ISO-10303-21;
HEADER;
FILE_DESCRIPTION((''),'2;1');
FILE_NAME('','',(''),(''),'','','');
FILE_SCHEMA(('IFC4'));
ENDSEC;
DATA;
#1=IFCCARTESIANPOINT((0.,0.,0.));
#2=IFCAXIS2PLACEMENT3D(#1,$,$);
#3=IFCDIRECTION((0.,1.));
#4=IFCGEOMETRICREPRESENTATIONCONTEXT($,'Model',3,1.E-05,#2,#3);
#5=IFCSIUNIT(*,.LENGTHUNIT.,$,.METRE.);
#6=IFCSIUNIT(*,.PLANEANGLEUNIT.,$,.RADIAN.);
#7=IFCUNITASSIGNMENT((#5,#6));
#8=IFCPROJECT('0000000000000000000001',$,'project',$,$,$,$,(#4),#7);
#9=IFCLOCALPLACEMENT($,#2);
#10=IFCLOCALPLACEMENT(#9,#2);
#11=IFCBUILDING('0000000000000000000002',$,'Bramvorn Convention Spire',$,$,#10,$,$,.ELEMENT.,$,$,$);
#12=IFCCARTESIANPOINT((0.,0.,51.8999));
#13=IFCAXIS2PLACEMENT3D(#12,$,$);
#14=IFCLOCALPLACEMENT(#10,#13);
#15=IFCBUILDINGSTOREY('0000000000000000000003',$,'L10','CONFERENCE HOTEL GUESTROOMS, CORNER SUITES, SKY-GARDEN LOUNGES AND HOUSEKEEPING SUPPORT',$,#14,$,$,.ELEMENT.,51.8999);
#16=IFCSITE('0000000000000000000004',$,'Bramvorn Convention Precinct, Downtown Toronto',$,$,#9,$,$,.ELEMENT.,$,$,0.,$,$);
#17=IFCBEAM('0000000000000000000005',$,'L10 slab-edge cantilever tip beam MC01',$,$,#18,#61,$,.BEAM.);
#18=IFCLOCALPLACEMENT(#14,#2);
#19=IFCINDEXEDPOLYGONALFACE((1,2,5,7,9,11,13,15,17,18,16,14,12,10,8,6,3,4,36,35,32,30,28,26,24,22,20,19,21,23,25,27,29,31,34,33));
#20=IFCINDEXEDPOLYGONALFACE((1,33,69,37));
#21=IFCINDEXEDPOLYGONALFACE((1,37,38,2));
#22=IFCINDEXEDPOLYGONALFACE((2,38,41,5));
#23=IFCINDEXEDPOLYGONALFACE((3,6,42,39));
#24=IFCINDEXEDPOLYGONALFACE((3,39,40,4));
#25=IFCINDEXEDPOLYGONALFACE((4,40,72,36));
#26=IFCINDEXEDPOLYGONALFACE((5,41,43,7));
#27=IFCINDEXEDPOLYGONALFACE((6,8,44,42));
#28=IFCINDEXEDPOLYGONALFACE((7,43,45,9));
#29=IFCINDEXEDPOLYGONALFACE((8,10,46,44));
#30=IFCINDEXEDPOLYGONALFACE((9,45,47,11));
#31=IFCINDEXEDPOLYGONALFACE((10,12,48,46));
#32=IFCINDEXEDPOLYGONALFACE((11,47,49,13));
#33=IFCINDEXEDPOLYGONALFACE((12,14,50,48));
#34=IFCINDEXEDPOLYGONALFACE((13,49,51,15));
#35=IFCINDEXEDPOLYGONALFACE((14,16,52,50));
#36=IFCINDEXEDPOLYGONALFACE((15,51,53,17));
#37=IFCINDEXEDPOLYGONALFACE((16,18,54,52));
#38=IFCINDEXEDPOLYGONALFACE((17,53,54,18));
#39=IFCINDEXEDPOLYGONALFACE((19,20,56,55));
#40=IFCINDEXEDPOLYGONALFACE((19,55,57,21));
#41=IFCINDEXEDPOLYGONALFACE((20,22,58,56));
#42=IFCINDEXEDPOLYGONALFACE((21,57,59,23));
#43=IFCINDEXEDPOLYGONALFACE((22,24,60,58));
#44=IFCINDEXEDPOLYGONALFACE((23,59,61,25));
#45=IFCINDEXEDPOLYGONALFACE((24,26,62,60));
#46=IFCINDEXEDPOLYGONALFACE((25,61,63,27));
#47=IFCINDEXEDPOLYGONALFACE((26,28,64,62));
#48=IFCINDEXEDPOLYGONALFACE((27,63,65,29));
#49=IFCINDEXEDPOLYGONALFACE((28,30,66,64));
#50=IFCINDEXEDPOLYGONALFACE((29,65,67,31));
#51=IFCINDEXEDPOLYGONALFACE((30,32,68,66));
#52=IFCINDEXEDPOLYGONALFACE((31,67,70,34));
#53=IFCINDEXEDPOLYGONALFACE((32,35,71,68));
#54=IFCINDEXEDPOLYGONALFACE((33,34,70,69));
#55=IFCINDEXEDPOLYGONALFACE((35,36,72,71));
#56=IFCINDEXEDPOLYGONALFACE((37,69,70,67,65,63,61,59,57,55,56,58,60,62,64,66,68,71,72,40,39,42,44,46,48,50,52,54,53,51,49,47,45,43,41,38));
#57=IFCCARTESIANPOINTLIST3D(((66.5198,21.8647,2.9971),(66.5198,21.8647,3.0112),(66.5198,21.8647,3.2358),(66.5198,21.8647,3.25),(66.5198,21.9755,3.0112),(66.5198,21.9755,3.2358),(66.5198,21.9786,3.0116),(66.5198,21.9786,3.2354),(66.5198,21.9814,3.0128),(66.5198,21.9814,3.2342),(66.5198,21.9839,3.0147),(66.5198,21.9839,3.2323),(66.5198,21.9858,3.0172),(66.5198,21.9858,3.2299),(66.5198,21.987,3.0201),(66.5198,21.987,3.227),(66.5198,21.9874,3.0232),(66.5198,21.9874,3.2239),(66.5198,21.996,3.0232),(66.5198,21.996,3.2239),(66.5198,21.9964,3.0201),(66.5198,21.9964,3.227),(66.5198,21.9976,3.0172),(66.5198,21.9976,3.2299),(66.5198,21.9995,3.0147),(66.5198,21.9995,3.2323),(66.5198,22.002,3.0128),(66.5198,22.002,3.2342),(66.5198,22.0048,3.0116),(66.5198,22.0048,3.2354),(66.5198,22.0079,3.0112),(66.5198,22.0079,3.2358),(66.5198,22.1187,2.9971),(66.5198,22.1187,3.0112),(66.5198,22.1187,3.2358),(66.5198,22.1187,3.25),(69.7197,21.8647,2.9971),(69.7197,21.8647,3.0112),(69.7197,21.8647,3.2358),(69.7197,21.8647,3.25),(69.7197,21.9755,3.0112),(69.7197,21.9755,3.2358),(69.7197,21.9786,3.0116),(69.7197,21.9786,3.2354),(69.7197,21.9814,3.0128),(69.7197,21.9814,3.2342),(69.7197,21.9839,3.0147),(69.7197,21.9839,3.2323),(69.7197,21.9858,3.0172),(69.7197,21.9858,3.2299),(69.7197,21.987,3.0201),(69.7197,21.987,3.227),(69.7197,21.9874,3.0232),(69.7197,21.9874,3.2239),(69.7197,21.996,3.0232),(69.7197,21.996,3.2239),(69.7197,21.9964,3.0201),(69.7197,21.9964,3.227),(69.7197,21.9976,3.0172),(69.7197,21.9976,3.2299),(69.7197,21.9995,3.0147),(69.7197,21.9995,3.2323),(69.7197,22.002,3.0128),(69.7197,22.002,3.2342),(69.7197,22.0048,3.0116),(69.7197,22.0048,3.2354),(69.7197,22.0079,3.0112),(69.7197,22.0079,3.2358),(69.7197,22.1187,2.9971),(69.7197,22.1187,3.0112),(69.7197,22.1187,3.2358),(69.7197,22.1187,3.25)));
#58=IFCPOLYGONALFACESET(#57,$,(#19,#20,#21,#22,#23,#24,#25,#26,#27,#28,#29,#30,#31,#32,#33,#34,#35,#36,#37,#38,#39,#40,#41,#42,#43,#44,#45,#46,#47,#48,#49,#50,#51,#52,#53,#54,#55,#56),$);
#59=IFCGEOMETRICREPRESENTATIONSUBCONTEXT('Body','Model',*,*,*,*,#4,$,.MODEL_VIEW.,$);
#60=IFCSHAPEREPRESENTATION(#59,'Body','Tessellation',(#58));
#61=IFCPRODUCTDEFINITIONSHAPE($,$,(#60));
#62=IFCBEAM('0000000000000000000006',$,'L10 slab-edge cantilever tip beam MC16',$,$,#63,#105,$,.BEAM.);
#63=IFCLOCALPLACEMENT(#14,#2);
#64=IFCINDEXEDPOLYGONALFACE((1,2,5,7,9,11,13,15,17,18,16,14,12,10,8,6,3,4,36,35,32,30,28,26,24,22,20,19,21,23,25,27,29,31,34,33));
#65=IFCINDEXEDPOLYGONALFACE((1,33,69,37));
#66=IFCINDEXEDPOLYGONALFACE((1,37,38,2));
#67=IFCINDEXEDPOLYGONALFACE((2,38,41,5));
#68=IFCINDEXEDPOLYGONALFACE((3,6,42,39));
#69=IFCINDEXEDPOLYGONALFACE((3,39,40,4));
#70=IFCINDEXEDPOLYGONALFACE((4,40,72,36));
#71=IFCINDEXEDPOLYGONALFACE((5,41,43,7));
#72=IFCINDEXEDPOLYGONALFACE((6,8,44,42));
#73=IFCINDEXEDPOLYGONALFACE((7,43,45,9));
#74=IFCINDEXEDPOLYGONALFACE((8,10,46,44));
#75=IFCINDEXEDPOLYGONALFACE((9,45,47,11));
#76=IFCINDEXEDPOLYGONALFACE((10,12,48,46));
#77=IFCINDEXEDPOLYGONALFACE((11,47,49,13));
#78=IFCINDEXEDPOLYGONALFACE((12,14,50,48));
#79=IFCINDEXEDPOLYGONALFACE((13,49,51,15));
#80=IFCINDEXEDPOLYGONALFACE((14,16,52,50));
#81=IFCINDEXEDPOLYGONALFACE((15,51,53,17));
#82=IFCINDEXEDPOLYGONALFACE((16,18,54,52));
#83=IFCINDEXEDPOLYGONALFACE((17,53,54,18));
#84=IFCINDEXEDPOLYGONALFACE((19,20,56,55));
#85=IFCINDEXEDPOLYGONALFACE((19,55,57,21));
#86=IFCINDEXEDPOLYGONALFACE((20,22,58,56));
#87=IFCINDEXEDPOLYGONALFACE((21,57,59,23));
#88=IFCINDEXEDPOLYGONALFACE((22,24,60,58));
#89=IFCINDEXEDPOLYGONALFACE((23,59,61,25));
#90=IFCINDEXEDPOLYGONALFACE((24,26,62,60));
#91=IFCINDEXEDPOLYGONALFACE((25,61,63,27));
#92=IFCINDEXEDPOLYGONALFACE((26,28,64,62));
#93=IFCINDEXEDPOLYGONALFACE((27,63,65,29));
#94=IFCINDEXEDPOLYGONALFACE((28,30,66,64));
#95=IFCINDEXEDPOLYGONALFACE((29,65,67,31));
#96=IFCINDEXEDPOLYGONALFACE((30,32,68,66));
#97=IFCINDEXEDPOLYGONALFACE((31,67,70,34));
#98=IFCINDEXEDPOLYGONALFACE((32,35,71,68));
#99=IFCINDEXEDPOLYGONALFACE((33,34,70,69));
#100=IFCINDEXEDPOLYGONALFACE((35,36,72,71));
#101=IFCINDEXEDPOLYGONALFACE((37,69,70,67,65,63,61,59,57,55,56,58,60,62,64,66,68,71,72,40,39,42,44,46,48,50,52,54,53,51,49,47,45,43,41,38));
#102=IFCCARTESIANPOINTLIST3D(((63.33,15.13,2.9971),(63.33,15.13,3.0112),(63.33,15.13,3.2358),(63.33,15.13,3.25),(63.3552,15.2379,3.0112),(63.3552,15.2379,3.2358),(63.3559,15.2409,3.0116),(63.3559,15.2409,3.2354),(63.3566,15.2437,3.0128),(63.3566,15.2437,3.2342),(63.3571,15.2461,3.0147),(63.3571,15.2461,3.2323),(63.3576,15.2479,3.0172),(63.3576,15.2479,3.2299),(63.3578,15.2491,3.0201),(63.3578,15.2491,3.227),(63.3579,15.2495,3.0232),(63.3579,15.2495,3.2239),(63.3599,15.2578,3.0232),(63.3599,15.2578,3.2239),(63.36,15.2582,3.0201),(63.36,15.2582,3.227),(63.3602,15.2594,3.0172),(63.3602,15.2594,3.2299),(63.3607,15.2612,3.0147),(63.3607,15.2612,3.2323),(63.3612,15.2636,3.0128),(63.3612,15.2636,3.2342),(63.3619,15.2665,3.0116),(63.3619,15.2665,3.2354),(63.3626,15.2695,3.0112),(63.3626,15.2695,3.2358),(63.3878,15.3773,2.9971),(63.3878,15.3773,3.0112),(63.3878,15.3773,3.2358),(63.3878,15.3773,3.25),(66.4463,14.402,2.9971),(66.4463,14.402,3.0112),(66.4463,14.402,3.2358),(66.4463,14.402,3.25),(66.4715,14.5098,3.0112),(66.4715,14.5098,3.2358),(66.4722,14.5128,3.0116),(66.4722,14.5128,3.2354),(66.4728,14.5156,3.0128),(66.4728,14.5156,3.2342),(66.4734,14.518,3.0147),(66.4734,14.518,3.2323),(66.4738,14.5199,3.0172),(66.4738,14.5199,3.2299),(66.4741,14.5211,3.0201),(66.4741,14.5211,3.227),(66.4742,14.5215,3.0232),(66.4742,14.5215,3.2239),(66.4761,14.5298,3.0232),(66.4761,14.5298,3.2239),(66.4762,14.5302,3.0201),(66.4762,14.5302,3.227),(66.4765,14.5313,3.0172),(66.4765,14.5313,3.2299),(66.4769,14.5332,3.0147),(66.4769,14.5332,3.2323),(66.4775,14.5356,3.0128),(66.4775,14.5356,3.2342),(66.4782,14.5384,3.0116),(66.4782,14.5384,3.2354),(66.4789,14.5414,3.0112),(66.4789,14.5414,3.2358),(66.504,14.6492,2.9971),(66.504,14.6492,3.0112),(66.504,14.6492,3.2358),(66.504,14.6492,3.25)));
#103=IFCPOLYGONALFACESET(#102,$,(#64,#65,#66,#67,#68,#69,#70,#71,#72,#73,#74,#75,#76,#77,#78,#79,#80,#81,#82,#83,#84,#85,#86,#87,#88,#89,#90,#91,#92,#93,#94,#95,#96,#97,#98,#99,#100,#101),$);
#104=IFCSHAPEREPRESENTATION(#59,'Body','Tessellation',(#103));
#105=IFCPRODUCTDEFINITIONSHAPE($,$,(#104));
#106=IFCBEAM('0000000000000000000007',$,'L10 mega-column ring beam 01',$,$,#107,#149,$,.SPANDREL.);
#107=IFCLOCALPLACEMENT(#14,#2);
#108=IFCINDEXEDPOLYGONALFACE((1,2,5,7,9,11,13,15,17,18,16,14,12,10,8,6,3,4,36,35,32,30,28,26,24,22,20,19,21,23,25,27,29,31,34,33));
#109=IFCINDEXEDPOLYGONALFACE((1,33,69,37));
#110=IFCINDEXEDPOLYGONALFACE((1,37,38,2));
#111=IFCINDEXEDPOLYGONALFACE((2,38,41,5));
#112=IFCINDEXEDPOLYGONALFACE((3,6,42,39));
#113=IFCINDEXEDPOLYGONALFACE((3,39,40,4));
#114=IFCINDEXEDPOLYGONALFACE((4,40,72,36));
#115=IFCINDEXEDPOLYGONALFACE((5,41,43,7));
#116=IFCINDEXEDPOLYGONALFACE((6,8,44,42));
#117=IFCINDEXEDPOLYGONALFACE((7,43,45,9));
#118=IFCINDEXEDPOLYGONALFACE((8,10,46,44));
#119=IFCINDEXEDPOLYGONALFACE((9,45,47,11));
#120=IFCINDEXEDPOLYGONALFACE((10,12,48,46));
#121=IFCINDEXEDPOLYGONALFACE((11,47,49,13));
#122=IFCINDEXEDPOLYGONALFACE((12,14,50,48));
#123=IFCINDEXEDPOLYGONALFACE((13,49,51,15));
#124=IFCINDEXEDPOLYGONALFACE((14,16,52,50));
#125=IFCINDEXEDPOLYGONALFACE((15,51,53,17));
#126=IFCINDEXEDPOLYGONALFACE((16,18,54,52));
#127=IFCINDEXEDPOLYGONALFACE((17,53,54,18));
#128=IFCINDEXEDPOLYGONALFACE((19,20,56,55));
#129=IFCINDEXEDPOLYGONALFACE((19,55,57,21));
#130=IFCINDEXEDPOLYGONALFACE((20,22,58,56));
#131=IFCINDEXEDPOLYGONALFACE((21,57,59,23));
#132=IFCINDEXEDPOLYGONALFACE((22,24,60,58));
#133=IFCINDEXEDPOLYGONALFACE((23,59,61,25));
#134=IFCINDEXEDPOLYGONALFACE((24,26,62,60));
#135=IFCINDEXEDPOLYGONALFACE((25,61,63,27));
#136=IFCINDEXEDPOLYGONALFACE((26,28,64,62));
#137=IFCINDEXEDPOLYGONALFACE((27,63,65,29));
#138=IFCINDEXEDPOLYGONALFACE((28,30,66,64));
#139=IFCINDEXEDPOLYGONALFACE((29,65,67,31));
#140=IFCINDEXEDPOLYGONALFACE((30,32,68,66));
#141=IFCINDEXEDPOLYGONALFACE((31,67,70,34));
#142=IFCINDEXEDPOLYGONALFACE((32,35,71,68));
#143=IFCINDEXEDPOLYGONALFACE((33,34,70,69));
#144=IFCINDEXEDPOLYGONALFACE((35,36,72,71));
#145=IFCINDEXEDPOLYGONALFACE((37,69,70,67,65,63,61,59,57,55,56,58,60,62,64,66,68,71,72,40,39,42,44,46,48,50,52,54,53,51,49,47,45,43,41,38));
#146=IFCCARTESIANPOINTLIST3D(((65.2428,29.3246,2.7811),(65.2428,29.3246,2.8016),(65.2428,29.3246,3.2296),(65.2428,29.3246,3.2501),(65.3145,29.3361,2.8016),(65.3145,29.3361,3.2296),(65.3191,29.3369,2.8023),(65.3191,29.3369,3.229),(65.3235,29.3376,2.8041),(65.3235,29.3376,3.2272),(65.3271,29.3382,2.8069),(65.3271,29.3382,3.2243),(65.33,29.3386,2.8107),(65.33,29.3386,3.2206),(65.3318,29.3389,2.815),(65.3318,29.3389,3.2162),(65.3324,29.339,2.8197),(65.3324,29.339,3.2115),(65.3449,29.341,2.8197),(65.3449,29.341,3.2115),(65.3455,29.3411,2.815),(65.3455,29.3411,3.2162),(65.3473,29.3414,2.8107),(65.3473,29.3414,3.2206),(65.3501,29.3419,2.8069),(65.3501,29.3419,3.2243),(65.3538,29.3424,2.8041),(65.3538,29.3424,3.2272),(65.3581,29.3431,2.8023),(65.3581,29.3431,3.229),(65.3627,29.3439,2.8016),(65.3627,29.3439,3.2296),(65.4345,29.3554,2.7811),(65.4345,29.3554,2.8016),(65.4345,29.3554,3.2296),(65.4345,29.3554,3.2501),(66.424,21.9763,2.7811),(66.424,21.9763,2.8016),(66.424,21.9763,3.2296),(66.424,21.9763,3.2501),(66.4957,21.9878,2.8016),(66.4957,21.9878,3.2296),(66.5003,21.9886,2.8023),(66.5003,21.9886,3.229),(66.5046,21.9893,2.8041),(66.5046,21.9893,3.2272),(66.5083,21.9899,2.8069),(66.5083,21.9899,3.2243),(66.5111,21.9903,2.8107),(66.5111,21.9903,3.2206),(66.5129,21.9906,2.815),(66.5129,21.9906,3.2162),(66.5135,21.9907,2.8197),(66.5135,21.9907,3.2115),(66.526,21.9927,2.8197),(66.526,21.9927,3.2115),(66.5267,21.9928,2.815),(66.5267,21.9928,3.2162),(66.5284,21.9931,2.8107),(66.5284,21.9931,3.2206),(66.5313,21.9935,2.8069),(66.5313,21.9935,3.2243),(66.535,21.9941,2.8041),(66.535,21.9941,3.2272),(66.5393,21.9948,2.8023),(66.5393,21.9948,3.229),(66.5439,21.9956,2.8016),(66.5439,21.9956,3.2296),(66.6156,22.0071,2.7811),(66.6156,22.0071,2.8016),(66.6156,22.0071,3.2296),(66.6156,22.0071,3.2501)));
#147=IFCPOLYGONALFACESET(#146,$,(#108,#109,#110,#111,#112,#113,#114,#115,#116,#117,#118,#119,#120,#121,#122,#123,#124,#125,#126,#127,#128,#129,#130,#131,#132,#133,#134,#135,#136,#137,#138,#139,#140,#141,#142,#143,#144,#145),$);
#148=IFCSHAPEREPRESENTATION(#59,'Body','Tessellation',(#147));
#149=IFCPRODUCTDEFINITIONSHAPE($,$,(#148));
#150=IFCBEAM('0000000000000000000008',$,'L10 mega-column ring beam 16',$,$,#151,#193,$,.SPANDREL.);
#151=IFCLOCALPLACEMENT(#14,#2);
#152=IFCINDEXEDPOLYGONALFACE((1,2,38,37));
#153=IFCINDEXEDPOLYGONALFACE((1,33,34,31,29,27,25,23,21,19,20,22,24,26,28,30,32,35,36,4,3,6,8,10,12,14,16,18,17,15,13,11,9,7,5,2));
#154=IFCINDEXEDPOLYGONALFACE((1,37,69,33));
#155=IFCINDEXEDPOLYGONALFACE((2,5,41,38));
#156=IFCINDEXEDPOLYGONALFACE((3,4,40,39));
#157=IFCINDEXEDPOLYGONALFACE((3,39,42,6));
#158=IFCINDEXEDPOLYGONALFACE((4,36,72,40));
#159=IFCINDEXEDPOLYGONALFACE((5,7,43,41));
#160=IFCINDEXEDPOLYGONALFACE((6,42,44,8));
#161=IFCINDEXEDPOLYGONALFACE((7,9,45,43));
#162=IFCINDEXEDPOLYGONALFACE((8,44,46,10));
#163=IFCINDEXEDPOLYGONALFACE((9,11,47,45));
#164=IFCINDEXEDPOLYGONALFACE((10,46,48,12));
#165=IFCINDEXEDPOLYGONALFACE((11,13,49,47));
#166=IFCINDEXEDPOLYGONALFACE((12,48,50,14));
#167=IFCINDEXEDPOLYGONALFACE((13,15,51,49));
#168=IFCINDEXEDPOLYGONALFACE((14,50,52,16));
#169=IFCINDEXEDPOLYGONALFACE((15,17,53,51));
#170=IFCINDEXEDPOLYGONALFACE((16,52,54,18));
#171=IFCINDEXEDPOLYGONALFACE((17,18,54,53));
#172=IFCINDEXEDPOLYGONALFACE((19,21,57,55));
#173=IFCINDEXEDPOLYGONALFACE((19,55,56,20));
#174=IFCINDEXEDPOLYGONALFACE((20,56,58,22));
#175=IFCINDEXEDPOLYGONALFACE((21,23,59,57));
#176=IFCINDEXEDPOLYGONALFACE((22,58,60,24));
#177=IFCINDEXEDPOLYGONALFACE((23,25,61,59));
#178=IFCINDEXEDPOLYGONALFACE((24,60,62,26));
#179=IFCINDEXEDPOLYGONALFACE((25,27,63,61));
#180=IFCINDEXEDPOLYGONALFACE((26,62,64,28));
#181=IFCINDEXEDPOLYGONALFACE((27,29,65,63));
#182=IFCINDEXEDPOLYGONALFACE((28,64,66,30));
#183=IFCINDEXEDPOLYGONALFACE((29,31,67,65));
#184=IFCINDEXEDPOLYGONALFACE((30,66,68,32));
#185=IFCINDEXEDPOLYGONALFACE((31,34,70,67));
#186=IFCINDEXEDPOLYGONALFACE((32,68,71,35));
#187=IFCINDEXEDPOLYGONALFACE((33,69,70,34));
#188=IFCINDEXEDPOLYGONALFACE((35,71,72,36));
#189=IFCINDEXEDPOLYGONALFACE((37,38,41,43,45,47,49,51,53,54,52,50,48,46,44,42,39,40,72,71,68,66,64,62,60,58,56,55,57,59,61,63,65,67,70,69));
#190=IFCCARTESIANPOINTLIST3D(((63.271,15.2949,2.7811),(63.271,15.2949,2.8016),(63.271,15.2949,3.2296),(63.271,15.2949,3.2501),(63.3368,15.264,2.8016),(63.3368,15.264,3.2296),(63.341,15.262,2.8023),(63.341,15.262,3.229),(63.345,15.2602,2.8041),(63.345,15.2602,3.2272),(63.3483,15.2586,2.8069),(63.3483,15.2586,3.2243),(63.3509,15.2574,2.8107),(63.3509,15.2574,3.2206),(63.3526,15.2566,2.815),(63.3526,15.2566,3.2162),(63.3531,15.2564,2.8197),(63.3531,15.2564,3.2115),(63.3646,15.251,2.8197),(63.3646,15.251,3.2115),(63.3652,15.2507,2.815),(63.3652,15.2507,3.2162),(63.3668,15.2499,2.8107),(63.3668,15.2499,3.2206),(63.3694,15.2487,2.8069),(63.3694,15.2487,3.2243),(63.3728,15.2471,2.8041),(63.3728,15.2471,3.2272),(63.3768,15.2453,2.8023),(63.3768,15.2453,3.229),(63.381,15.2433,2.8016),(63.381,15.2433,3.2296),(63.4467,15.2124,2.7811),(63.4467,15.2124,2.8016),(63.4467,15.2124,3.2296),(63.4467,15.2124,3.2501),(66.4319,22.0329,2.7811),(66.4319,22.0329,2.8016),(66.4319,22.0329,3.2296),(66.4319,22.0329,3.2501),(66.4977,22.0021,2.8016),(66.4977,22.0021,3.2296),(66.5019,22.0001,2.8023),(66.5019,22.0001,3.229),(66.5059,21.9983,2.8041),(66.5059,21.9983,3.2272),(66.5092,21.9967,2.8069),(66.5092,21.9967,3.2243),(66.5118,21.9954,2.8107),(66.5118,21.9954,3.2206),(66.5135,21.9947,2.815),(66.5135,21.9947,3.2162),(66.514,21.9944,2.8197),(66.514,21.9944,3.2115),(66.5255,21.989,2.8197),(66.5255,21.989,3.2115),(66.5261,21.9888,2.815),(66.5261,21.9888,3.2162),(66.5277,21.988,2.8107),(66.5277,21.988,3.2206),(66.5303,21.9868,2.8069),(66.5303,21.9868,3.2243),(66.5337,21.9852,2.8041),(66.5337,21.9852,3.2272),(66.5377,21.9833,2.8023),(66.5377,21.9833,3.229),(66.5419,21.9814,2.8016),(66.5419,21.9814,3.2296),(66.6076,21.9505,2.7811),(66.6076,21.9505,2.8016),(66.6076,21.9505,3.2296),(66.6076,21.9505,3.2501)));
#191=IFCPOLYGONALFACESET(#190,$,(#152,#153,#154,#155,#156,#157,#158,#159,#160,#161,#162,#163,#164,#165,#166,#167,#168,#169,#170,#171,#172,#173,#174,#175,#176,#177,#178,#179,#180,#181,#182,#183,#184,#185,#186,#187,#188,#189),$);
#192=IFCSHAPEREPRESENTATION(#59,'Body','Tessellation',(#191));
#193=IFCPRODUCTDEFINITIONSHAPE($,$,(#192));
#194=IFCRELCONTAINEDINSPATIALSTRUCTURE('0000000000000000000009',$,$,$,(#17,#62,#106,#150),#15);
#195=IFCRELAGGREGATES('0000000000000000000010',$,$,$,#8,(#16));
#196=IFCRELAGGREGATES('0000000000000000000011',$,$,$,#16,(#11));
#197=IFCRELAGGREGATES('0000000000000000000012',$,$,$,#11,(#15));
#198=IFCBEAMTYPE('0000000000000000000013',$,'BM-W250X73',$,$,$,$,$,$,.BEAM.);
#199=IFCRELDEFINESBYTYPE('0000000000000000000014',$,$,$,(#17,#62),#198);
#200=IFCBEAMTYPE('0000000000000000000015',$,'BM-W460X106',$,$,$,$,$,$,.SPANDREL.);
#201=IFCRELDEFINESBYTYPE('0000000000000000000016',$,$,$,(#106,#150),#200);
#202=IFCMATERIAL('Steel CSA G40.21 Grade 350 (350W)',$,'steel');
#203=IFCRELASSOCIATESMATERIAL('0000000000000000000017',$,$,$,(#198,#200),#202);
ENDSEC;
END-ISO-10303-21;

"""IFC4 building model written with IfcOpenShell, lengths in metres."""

from ifc_helpers import new_model, si_unit, direction, frame, origin, origin_2d, place, context, subcontext, project, spatial, i_section, extrude, material, material_profile, profile_set, type_object, element, save


model = new_model("IFC4")

# Units and contexts
model_context = context("Model", 3, precision=1e-05, world=origin(), true_north=direction((0.0, 1.0)))
body_context = subcontext(model_context, "Body", "Model", "MODEL_VIEW")
ifc_project = project(units=[si_unit("LENGTHUNIT", "METRE"), si_unit("PLANEANGLEUNIT", "RADIAN")], contexts=[model_context])

# Site, building, storey
site_placement = place(None, origin())
site = spatial("IfcSite", under=ifc_project, at=site_placement, Name="Bramvorn Convention Precinct, Downtown Toronto", CompositionType="ELEMENT", RefElevation=0.0)
building_placement = place(site_placement, origin())
building = spatial("IfcBuilding", under=site, at=building_placement, Name="Bramvorn Convention Spire", CompositionType="ELEMENT")
storey_placement = place(building_placement, frame((0.0, 0.0, 51.8999)))
storey = spatial("IfcBuildingStorey", under=building, at=storey_placement, Name="L10", Description="CONFERENCE HOTEL GUESTROOMS, CORNER SUITES, SKY-GARDEN LOUNGES AND HOUSEKEEPING SUPPORT", CompositionType="ELEMENT", Elevation=51.8999)

# Shared definitions
ifc_material_1 = material(Name="Steel CSA G40.21 Grade 350 (350W)", Category="steel")

# Beams
ifc_material_profile_1 = material_profile(ifc_material_1, i_section(OverallWidth=0.2539, OverallDepth=0.2529, WebThickness=0.0085, FlangeThickness=0.0142, FilletRadius=0.012, at=origin_2d()))
ifc_profile_set_1 = profile_set([ifc_material_profile_1], Name="Steel CSA G40.21 Grade 350 (350W) - W250X73")
beam_type_1 = type_object("IfcBeamType", Name="BM-W250X73", PredefinedType="BEAM", material=ifc_profile_set_1)
beam_1_placement = place(storey_placement, frame((66.5198, 21.9917, 3.1235), z_axis=(1.0, 0.0, 0.0), x_axis=(0.0, 1.0, 0.0)))
element("IfcBeam", 1, at=beam_1_placement, inside=storey, type_object=beam_type_1, Name="L10 slab-edge cantilever tip beam MC01", PredefinedType="BEAM", context=body_context, shape_type="SweptSolid", body=[
    extrude(i_section(OverallWidth=0.2539, OverallDepth=0.2529, WebThickness=0.0085, FlangeThickness=0.0142, FilletRadius=0.012, at=origin_2d()), origin(), (0.0, 0.0, 1.0), 3.2),
])
beam_2_placement = place(storey_placement, frame((63.3589, 15.2537, 3.1235), z_axis=(0.973778, -0.2275, 0.0), x_axis=(0.2275, 0.973778, 0.0)))
element("IfcBeam", 2, at=beam_2_placement, inside=storey, type_object=beam_type_1, Name="L10 slab-edge cantilever tip beam MC16", PredefinedType="BEAM", context=body_context, shape_type="SweptSolid", body=[
    extrude(i_section(OverallWidth=0.2539, OverallDepth=0.2529, WebThickness=0.0085, FlangeThickness=0.0142, FilletRadius=0.012, at=origin_2d()), origin(), (0.0, 0.0, 1.0), 3.2002),
])
ifc_material_profile_2 = material_profile(ifc_material_1, i_section(OverallWidth=0.1941, OverallDepth=0.469, WebThickness=0.0127, FlangeThickness=0.0205, FilletRadius=0.0181, at=origin_2d()))
ifc_profile_set_2 = profile_set([ifc_material_profile_2], Name="Steel CSA G40.21 Grade 350 (350W) - W460X106")
beam_type_2 = type_object("IfcBeamType", Name="BM-W460X106", PredefinedType="SPANDREL", material=ifc_profile_set_2)
for number, where, z_axis, x_axis, name in (
    (3, (66.5198, 21.9917, 3.0156), (-0.158699, 0.987327, 0.0), (-0.987327, -0.158699, 0.0), "L10 mega-column ring beam 01"),
    (4, (63.3589, 15.2537, 3.0156), (0.424702, 0.905333, 0.0), (-0.905333, 0.424702, 0.0), "L10 mega-column ring beam 16"),
):
    element("IfcBeam", number, at=place(storey_placement, frame(where, z_axis=z_axis, x_axis=x_axis)), inside=storey, type_object=beam_type_2, Name=name, PredefinedType="SPANDREL", context=body_context, shape_type="SweptSolid", body=[
        extrude(i_section(OverallWidth=0.1941, OverallDepth=0.469, WebThickness=0.0127, FlangeThickness=0.0205, FilletRadius=0.0181, at=origin_2d()), origin(), (0.0, 0.0, 1.0), 7.4426),
    ])

save(model, "model.ifc")
